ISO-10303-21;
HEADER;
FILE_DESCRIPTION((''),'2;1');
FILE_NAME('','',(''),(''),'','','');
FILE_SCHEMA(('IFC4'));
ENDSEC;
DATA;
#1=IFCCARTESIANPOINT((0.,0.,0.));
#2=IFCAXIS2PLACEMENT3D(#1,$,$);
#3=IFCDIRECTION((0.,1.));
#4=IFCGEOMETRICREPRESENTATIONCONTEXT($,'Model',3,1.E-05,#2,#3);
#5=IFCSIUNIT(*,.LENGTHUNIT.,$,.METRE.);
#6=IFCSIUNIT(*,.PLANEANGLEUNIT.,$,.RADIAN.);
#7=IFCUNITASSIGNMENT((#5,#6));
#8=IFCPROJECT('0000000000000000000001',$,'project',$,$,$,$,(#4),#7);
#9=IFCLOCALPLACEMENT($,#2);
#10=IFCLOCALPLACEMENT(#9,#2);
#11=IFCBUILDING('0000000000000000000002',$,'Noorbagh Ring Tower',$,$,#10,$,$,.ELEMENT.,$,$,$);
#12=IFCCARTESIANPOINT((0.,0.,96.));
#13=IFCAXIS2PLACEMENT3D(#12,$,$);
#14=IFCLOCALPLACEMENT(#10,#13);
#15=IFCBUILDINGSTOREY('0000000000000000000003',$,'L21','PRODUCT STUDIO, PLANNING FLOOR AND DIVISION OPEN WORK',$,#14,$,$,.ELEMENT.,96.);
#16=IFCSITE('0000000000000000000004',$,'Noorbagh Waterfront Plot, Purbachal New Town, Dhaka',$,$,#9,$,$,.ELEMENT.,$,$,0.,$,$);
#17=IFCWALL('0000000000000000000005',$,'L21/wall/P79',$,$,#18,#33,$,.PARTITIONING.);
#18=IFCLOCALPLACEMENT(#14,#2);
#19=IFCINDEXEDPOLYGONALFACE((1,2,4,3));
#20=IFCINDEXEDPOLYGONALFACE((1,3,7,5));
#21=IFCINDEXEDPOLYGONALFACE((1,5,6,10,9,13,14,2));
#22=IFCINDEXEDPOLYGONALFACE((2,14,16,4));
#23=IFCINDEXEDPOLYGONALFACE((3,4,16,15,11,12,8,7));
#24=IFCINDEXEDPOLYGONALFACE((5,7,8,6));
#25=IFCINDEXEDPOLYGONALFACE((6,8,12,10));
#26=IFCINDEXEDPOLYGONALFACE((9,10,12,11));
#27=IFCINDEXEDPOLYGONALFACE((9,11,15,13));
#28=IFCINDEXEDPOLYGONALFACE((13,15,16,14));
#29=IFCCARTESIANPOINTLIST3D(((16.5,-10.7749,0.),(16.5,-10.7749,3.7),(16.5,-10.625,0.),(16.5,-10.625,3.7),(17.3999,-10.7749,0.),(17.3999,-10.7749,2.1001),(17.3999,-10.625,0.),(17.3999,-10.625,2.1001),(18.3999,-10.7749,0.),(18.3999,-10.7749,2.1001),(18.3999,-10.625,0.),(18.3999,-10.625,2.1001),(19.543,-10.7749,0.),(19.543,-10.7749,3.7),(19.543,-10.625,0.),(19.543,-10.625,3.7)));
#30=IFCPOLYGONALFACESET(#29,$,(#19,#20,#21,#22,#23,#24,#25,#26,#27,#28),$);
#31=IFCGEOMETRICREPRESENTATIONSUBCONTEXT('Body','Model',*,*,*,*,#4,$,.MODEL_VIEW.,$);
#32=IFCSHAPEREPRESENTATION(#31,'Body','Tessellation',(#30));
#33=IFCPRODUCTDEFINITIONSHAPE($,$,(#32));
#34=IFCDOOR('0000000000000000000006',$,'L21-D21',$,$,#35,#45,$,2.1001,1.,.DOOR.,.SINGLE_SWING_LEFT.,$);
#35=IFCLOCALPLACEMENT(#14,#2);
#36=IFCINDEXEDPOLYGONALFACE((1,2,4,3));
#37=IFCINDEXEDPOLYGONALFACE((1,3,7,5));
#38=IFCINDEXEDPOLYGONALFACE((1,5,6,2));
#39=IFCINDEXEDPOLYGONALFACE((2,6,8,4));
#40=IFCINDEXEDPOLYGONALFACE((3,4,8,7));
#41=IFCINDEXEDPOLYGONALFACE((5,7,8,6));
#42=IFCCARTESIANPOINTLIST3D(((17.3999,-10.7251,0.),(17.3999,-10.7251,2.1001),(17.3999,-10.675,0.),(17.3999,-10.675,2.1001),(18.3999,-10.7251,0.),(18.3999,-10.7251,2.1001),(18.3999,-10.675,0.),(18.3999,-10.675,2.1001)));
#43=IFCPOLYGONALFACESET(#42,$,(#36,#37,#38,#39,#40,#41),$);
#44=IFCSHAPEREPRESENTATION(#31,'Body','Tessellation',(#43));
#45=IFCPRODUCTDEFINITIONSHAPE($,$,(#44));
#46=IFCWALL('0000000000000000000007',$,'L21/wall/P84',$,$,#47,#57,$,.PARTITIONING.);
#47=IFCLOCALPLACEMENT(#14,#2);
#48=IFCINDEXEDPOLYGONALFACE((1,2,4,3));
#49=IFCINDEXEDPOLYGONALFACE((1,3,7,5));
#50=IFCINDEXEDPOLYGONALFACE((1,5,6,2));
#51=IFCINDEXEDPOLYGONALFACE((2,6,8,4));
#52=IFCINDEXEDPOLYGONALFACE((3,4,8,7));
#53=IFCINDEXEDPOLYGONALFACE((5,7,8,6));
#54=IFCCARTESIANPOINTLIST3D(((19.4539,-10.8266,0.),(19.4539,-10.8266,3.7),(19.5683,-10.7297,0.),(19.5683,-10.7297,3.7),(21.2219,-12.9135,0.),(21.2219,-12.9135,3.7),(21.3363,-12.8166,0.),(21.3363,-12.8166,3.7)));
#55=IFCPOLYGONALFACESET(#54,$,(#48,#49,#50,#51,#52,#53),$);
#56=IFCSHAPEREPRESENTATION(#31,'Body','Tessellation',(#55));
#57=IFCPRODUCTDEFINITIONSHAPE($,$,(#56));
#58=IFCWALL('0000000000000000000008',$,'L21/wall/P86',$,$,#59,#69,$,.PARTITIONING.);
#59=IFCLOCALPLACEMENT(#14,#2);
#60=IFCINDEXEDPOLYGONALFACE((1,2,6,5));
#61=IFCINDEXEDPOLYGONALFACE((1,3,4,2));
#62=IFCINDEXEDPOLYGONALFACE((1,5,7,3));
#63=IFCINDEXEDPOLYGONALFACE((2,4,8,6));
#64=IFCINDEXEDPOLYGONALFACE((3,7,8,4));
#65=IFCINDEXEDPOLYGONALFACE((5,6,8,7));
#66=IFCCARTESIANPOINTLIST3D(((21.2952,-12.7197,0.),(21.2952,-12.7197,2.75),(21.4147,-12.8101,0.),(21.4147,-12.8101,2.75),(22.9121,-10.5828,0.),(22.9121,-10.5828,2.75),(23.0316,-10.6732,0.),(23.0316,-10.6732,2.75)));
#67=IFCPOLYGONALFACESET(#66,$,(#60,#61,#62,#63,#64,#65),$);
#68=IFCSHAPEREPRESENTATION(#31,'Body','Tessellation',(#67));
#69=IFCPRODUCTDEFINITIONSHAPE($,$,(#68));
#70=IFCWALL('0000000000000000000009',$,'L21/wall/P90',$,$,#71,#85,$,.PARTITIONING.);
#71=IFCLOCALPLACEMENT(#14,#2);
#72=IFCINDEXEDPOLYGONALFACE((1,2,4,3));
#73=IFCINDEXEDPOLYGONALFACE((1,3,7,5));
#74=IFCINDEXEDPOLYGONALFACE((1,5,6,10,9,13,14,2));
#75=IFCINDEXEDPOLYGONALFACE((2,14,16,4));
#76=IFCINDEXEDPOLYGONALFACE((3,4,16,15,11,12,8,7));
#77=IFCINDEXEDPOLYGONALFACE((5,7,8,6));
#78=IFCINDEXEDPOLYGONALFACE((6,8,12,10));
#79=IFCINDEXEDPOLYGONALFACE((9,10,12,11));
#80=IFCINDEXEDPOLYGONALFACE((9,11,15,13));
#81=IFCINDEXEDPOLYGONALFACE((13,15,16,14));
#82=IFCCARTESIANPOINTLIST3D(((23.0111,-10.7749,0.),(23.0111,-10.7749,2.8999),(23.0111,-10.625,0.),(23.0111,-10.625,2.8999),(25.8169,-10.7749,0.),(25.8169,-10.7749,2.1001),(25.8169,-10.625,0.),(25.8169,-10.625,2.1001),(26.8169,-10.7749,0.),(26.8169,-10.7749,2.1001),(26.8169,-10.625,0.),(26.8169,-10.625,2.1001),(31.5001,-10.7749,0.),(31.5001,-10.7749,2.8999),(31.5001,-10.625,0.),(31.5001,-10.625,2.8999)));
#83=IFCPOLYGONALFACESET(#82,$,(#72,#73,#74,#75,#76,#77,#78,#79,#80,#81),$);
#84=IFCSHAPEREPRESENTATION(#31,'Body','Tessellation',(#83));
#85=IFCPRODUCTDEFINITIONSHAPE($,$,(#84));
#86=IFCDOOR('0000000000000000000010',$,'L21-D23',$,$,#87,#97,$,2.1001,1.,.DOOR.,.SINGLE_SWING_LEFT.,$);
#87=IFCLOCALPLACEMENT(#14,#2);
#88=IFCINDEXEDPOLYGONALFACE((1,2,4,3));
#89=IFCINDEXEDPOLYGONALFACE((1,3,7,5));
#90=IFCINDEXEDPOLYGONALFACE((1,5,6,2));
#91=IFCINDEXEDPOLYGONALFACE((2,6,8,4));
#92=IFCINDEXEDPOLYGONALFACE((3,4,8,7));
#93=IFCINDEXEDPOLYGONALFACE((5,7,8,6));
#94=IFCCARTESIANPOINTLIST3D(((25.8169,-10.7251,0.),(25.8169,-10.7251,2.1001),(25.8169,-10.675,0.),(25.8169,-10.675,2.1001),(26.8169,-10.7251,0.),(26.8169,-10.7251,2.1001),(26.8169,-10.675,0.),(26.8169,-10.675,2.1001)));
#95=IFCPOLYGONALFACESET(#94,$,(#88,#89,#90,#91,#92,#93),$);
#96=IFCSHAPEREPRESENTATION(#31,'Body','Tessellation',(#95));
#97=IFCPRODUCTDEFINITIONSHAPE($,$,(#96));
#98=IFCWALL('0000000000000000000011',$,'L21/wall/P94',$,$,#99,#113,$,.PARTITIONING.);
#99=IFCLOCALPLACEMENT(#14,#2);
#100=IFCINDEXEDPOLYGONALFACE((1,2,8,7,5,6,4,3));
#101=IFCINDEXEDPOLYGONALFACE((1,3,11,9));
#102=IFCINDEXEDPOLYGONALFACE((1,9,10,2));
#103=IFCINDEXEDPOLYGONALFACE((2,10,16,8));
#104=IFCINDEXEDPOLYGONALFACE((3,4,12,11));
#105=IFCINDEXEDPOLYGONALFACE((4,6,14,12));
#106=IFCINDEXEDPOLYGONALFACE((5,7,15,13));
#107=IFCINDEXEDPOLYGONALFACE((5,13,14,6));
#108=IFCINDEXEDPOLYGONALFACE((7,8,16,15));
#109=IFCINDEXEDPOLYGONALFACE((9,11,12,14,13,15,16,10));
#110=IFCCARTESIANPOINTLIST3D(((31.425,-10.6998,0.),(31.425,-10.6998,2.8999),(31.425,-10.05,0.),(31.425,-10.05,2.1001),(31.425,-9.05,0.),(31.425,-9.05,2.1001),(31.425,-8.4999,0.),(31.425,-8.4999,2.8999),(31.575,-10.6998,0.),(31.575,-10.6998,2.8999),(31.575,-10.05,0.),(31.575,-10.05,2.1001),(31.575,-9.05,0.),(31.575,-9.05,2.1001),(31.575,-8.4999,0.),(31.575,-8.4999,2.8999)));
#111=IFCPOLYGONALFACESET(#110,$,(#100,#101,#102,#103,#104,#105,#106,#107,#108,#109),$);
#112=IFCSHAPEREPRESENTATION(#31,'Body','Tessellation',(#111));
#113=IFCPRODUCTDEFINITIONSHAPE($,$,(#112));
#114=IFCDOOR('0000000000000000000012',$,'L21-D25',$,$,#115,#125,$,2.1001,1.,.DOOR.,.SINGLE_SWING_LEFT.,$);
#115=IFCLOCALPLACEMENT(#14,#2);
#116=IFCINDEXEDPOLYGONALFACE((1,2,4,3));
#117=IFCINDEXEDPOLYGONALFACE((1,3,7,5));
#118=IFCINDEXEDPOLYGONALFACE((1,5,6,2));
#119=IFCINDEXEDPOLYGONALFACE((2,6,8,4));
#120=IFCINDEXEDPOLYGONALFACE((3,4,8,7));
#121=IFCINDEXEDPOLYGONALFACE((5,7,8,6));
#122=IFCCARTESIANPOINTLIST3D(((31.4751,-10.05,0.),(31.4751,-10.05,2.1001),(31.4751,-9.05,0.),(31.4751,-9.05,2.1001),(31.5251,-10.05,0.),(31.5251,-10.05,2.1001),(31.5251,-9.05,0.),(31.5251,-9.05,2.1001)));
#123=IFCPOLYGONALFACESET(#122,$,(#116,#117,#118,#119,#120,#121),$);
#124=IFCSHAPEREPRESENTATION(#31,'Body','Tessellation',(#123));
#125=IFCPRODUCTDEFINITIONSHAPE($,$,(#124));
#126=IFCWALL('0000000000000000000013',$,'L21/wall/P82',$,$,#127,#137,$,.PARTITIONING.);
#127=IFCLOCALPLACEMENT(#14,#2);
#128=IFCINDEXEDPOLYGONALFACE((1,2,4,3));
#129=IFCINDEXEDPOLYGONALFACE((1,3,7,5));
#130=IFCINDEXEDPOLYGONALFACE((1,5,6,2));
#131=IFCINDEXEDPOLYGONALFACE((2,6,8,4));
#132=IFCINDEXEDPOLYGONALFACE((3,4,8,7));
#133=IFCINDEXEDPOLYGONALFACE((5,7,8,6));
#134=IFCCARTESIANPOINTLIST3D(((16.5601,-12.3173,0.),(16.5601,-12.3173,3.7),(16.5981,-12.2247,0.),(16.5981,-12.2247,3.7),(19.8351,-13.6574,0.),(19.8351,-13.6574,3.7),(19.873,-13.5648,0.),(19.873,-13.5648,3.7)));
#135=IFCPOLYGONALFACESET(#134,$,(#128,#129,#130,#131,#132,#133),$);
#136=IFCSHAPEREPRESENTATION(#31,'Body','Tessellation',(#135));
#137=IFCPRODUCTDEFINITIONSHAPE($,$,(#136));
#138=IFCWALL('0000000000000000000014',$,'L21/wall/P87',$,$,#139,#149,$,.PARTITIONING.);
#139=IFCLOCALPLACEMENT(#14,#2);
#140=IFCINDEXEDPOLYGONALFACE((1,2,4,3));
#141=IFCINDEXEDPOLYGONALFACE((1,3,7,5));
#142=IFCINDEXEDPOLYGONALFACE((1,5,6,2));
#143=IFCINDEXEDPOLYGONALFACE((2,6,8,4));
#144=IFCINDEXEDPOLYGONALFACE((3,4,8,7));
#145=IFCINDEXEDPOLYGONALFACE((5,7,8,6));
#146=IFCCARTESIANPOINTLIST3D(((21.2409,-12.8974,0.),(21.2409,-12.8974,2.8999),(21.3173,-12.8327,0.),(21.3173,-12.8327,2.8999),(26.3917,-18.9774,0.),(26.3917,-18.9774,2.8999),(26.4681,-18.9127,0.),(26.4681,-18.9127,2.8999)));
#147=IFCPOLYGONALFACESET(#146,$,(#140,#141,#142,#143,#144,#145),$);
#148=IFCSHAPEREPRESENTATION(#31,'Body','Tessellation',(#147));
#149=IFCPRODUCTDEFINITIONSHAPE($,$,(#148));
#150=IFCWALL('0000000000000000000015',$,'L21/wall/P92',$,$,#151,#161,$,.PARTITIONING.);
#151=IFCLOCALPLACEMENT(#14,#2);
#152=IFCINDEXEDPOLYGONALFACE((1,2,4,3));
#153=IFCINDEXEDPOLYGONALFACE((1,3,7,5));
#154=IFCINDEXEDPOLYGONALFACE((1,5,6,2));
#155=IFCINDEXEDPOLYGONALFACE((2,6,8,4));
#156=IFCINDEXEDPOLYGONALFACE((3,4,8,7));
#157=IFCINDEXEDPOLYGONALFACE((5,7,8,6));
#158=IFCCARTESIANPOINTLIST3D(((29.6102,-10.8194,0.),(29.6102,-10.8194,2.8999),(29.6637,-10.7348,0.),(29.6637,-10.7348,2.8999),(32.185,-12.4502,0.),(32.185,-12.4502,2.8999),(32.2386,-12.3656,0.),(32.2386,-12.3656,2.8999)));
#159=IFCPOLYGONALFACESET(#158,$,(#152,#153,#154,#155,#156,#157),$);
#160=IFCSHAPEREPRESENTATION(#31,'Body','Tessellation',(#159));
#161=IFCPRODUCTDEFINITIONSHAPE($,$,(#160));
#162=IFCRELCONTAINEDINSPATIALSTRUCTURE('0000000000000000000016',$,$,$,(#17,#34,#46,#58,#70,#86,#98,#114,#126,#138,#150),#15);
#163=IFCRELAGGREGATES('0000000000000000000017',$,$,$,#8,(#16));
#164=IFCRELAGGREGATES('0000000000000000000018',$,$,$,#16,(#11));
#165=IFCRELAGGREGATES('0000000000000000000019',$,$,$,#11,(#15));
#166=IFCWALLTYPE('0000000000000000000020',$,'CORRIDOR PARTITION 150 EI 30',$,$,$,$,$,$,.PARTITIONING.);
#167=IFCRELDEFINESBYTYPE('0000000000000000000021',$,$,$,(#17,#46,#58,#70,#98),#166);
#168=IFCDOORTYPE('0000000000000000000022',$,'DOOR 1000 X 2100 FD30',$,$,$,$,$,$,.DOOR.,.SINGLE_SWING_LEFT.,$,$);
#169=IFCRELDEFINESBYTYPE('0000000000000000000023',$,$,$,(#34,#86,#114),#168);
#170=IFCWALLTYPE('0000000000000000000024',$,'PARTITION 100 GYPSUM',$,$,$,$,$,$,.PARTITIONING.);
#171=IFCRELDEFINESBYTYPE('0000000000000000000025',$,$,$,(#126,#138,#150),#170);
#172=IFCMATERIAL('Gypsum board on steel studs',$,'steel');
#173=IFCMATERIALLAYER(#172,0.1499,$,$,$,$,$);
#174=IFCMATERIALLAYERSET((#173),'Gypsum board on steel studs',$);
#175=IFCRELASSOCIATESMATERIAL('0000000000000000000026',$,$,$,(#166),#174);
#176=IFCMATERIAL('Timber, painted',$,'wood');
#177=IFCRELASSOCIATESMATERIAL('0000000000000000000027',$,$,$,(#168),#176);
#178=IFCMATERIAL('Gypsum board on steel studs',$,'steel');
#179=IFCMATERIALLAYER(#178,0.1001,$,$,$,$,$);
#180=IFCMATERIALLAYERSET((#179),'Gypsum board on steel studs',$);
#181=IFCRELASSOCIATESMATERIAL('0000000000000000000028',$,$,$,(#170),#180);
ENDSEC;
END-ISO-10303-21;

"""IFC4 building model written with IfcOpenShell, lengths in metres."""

from ifc_helpers import new_model, si_unit, direction, frame, frame_2d, origin, place, context, subcontext, project, spatial, rectangle, extrude, material, layer, layer_set, type_object, element, fill, save


model = new_model("IFC4")

# Units and contexts
model_context = context("Model", 3, precision=1e-05, world=origin(), true_north=direction((0.0, 1.0)))
body_context = subcontext(model_context, "Body", "Model", "MODEL_VIEW")
ifc_project = project(units=[si_unit("LENGTHUNIT", "METRE"), si_unit("PLANEANGLEUNIT", "RADIAN")], contexts=[model_context])

# Site, building, storey
site_placement = place(None, origin())
site = spatial("IfcSite", under=ifc_project, at=site_placement, Name="Noorbagh Waterfront Plot, Purbachal New Town, Dhaka", CompositionType="ELEMENT", RefElevation=0.0)
building_placement = place(site_placement, origin())
building = spatial("IfcBuilding", under=site, at=building_placement, Name="Noorbagh Ring Tower", CompositionType="ELEMENT")
storey_placement = place(building_placement, frame((0.0, 0.0, 96.0)))
storey = spatial("IfcBuildingStorey", under=building, at=storey_placement, Name="L21", Description="PRODUCT STUDIO, PLANNING FLOOR AND DIVISION OPEN WORK", CompositionType="ELEMENT", Elevation=96.0)

# Shared definitions
ifc_material_1 = material(Name="Gypsum board on steel studs", Category="steel")
ifc_layer_1 = layer(ifc_material_1, 0.1499)
ifc_layer_set_1 = layer_set([ifc_layer_1], Name="Gypsum board on steel studs")
wall_type_1 = type_object("IfcWallType", Name="CORRIDOR PARTITION 150 EI 30", PredefinedType="PARTITIONING", material=ifc_layer_set_1)

# Wall, opening, door
wall_1_placement = place(storey_placement, frame((16.5, -10.7, 0.0), z_axis=(0.0, 0.0, 1.0), x_axis=(1.0, 0.0, 0.0)))
wall_1 = element("IfcWall", 1, at=wall_1_placement, inside=storey, type_object=wall_type_1, Name="L21/wall/P79", PredefinedType="PARTITIONING", context=body_context, shape_type="SweptSolid", body=[
    extrude(rectangle(XDim=3.043, YDim=0.1499, at=frame_2d((1.5215, 0.0))), origin(), (0.0, 0.0, 1.0), 3.7),
])
opening_1_placement = place(wall_1_placement, frame((0.8999, 0.0, 0.0)))
opening_1 = element("IfcOpeningElement", 2, at=opening_1_placement, cuts=wall_1, PredefinedType="OPENING", context=body_context, shape_type="SweptSolid", body=[
    extrude(rectangle(XDim=1.0, YDim=2.1001, at=frame_2d((0.5, 1.05))), frame((0.0, 0.085, 0.0), z_axis=(0.0, -1.0, 0.0), x_axis=(1.0, 0.0, 0.0)), (0.0, 0.0, 1.0), 0.1699),
])
ifc_material_2 = material(Name="Timber, painted", Category="wood")
door_type_1 = type_object("IfcDoorType", Name="DOOR 1000 X 2100 FD30", OperationType="SINGLE_SWING_LEFT", PredefinedType="DOOR", material=ifc_material_2)
door_1_placement = place(opening_1_placement, origin())
door_1 = element("IfcDoor", 3, at=door_1_placement, inside=storey, type_object=door_type_1, Name="L21-D21", OperationType="SINGLE_SWING_LEFT", OverallHeight=2.1001, OverallWidth=1.0, PredefinedType="DOOR", context=body_context, shape_type="SweptSolid", body=[
    extrude(rectangle(XDim=1.0, YDim=2.1001, at=frame_2d((0.5, 1.05))), frame((0.0, 0.0249, 0.0), z_axis=(0.0, -1.0, 0.0), x_axis=(1.0, 0.0, 0.0)), (0.0, 0.0, 1.0), 0.05),
])
fill(opening_1, door_1)

# Walls
wall_2_placement = place(storey_placement, frame((19.511, -10.7781, 0.0), z_axis=(0.0, 0.0, 1.0), x_axis=(0.646414, -0.762987, 0.0)))
element("IfcWall", 4, at=wall_2_placement, inside=storey, type_object=wall_type_1, Name="L21/wall/P84", PredefinedType="PARTITIONING", context=body_context, shape_type="SweptSolid", body=[
    extrude(rectangle(XDim=2.7351, YDim=0.1499, at=frame_2d((1.3677, 0.0))), origin(), (0.0, 0.0, 1.0), 3.7),
])
wall_3_placement = place(storey_placement, frame((21.355, -12.7649, 0.0), z_axis=(0.0, 0.0, 1.0), x_axis=(0.603391, 0.797445, 0.0)))
element("IfcWall", 5, at=wall_3_placement, inside=storey, type_object=wall_type_1, Name="L21/wall/P86", PredefinedType="PARTITIONING", context=body_context, shape_type="SweptSolid", body=[
    extrude(rectangle(XDim=2.6797, YDim=0.1499, at=frame_2d((1.3398, 0.0))), origin(), (0.0, 0.0, 1.0), 2.75),
])

# Walls, openings, doors
wall_4_placement = place(storey_placement, frame((23.011, -10.7, 0.0), z_axis=(0.0, 0.0, 1.0), x_axis=(1.0, 0.0, 0.0)))
wall_4 = element("IfcWall", 6, at=wall_4_placement, inside=storey, type_object=wall_type_1, Name="L21/wall/P90", PredefinedType="PARTITIONING", context=body_context, shape_type="SweptSolid", body=[
    extrude(rectangle(XDim=8.489, YDim=0.1499, at=frame_2d((4.2446, 0.0))), origin(), (0.0, 0.0, 1.0), 2.8999),
])
opening_2_placement = place(wall_4_placement, frame((2.8059, 0.0, 0.0)))
opening_2 = element("IfcOpeningElement", 7, at=opening_2_placement, cuts=wall_4, PredefinedType="OPENING", context=body_context, shape_type="SweptSolid", body=[
    extrude(rectangle(XDim=1.0, YDim=2.1001, at=frame_2d((0.5, 1.05))), frame((0.0, 0.085, 0.0), z_axis=(0.0, -1.0, 0.0), x_axis=(1.0, 0.0, 0.0)), (0.0, 0.0, 1.0), 0.1699),
])
door_2_placement = place(opening_2_placement, origin())
door_2 = element("IfcDoor", 8, at=door_2_placement, inside=storey, type_object=door_type_1, Name="L21-D23", OperationType="SINGLE_SWING_LEFT", OverallHeight=2.1001, OverallWidth=1.0, PredefinedType="DOOR", context=body_context, shape_type="SweptSolid", body=[
    extrude(rectangle(XDim=1.0, YDim=2.1001, at=frame_2d((0.5, 1.05))), frame((0.0, 0.0249, 0.0), z_axis=(0.0, -1.0, 0.0), x_axis=(1.0, 0.0, 0.0)), (0.0, 0.0, 1.0), 0.05),
])
fill(opening_2, door_2)
wall_5_placement = place(storey_placement, frame((31.5, -10.7, 0.0), z_axis=(0.0, 0.0, 1.0), x_axis=(0.0, 1.0, 0.0)))
wall_5 = element("IfcWall", 9, at=wall_5_placement, inside=storey, type_object=wall_type_1, Name="L21/wall/P94", PredefinedType="PARTITIONING", context=body_context, shape_type="SweptSolid", body=[
    extrude(rectangle(XDim=2.2, YDim=0.1499, at=frame_2d((1.1001, 0.0))), origin(), (0.0, 0.0, 1.0), 2.8999),
])
opening_3_placement = place(wall_5_placement, frame((0.6499, 0.0, 0.0)))
opening_3 = element("IfcOpeningElement", 10, at=opening_3_placement, cuts=wall_5, PredefinedType="OPENING", context=body_context, shape_type="SweptSolid", body=[
    extrude(rectangle(XDim=1.0, YDim=2.1001, at=frame_2d((0.5, 1.05))), frame((0.0, 0.085, 0.0), z_axis=(0.0, -1.0, 0.0), x_axis=(1.0, 0.0, 0.0)), (0.0, 0.0, 1.0), 0.1699),
])
door_3_placement = place(opening_3_placement, origin())
door_3 = element("IfcDoor", 11, at=door_3_placement, inside=storey, type_object=door_type_1, Name="L21-D25", OperationType="SINGLE_SWING_LEFT", OverallHeight=2.1001, OverallWidth=1.0, PredefinedType="DOOR", context=body_context, shape_type="SweptSolid", body=[
    extrude(rectangle(XDim=1.0, YDim=2.1001, at=frame_2d((0.5, 1.05))), frame((0.0, 0.0249, 0.0), z_axis=(0.0, -1.0, 0.0), x_axis=(1.0, 0.0, 0.0)), (0.0, 0.0, 1.0), 0.05),
])
fill(opening_3, door_3)

# Walls
ifc_material_3 = material(Name="Gypsum board on steel studs", Category="steel")
ifc_layer_2 = layer(ifc_material_3, 0.1001)
ifc_layer_set_2 = layer_set([ifc_layer_2], Name="Gypsum board on steel studs")
wall_type_2 = type_object("IfcWallType", Name="PARTITION 100 GYPSUM", PredefinedType="PARTITIONING", material=ifc_layer_set_2)
wall_6_placement = place(storey_placement, frame((16.5791, -12.271, 0.0), z_axis=(0.0, 0.0, 1.0), x_axis=(0.925512, -0.378719, 0.0)))
element("IfcWall", 12, at=wall_6_placement, inside=storey, type_object=wall_type_2, Name="L21/wall/P82", PredefinedType="PARTITIONING", context=body_context, shape_type="SweptSolid", body=[
    extrude(rectangle(XDim=3.5386, YDim=0.1001, at=frame_2d((1.7693, 0.0))), origin(), (0.0, 0.0, 1.0), 3.7),
])
wall_7_placement = place(storey_placement, frame((21.2791, -12.865, 0.0), z_axis=(0.0, 0.0, 1.0), x_axis=(0.646395, -0.763003, 0.0)))
element("IfcWall", 13, at=wall_7_placement, inside=storey, type_object=wall_type_2, Name="L21/wall/P87", PredefinedType="PARTITIONING", context=body_context, shape_type="SweptSolid", body=[
    extrude(rectangle(XDim=7.9685, YDim=0.1001, at=frame_2d((3.9844, 0.0))), origin(), (0.0, 0.0, 1.0), 2.8999),
])
wall_8_placement = place(storey_placement, frame((29.637, -10.7771, 0.0), z_axis=(0.0, 0.0, 1.0), x_axis=(0.844811, -0.535065, 0.0)))
element("IfcWall", 14, at=wall_8_placement, inside=storey, type_object=wall_type_2, Name="L21/wall/P92", PredefinedType="PARTITIONING", context=body_context, shape_type="SweptSolid", body=[
    extrude(rectangle(XDim=3.0479, YDim=0.1001, at=frame_2d((1.5239, 0.0))), origin(), (0.0, 0.0, 1.0), 2.8999),
])

save(model, "model.ifc")
